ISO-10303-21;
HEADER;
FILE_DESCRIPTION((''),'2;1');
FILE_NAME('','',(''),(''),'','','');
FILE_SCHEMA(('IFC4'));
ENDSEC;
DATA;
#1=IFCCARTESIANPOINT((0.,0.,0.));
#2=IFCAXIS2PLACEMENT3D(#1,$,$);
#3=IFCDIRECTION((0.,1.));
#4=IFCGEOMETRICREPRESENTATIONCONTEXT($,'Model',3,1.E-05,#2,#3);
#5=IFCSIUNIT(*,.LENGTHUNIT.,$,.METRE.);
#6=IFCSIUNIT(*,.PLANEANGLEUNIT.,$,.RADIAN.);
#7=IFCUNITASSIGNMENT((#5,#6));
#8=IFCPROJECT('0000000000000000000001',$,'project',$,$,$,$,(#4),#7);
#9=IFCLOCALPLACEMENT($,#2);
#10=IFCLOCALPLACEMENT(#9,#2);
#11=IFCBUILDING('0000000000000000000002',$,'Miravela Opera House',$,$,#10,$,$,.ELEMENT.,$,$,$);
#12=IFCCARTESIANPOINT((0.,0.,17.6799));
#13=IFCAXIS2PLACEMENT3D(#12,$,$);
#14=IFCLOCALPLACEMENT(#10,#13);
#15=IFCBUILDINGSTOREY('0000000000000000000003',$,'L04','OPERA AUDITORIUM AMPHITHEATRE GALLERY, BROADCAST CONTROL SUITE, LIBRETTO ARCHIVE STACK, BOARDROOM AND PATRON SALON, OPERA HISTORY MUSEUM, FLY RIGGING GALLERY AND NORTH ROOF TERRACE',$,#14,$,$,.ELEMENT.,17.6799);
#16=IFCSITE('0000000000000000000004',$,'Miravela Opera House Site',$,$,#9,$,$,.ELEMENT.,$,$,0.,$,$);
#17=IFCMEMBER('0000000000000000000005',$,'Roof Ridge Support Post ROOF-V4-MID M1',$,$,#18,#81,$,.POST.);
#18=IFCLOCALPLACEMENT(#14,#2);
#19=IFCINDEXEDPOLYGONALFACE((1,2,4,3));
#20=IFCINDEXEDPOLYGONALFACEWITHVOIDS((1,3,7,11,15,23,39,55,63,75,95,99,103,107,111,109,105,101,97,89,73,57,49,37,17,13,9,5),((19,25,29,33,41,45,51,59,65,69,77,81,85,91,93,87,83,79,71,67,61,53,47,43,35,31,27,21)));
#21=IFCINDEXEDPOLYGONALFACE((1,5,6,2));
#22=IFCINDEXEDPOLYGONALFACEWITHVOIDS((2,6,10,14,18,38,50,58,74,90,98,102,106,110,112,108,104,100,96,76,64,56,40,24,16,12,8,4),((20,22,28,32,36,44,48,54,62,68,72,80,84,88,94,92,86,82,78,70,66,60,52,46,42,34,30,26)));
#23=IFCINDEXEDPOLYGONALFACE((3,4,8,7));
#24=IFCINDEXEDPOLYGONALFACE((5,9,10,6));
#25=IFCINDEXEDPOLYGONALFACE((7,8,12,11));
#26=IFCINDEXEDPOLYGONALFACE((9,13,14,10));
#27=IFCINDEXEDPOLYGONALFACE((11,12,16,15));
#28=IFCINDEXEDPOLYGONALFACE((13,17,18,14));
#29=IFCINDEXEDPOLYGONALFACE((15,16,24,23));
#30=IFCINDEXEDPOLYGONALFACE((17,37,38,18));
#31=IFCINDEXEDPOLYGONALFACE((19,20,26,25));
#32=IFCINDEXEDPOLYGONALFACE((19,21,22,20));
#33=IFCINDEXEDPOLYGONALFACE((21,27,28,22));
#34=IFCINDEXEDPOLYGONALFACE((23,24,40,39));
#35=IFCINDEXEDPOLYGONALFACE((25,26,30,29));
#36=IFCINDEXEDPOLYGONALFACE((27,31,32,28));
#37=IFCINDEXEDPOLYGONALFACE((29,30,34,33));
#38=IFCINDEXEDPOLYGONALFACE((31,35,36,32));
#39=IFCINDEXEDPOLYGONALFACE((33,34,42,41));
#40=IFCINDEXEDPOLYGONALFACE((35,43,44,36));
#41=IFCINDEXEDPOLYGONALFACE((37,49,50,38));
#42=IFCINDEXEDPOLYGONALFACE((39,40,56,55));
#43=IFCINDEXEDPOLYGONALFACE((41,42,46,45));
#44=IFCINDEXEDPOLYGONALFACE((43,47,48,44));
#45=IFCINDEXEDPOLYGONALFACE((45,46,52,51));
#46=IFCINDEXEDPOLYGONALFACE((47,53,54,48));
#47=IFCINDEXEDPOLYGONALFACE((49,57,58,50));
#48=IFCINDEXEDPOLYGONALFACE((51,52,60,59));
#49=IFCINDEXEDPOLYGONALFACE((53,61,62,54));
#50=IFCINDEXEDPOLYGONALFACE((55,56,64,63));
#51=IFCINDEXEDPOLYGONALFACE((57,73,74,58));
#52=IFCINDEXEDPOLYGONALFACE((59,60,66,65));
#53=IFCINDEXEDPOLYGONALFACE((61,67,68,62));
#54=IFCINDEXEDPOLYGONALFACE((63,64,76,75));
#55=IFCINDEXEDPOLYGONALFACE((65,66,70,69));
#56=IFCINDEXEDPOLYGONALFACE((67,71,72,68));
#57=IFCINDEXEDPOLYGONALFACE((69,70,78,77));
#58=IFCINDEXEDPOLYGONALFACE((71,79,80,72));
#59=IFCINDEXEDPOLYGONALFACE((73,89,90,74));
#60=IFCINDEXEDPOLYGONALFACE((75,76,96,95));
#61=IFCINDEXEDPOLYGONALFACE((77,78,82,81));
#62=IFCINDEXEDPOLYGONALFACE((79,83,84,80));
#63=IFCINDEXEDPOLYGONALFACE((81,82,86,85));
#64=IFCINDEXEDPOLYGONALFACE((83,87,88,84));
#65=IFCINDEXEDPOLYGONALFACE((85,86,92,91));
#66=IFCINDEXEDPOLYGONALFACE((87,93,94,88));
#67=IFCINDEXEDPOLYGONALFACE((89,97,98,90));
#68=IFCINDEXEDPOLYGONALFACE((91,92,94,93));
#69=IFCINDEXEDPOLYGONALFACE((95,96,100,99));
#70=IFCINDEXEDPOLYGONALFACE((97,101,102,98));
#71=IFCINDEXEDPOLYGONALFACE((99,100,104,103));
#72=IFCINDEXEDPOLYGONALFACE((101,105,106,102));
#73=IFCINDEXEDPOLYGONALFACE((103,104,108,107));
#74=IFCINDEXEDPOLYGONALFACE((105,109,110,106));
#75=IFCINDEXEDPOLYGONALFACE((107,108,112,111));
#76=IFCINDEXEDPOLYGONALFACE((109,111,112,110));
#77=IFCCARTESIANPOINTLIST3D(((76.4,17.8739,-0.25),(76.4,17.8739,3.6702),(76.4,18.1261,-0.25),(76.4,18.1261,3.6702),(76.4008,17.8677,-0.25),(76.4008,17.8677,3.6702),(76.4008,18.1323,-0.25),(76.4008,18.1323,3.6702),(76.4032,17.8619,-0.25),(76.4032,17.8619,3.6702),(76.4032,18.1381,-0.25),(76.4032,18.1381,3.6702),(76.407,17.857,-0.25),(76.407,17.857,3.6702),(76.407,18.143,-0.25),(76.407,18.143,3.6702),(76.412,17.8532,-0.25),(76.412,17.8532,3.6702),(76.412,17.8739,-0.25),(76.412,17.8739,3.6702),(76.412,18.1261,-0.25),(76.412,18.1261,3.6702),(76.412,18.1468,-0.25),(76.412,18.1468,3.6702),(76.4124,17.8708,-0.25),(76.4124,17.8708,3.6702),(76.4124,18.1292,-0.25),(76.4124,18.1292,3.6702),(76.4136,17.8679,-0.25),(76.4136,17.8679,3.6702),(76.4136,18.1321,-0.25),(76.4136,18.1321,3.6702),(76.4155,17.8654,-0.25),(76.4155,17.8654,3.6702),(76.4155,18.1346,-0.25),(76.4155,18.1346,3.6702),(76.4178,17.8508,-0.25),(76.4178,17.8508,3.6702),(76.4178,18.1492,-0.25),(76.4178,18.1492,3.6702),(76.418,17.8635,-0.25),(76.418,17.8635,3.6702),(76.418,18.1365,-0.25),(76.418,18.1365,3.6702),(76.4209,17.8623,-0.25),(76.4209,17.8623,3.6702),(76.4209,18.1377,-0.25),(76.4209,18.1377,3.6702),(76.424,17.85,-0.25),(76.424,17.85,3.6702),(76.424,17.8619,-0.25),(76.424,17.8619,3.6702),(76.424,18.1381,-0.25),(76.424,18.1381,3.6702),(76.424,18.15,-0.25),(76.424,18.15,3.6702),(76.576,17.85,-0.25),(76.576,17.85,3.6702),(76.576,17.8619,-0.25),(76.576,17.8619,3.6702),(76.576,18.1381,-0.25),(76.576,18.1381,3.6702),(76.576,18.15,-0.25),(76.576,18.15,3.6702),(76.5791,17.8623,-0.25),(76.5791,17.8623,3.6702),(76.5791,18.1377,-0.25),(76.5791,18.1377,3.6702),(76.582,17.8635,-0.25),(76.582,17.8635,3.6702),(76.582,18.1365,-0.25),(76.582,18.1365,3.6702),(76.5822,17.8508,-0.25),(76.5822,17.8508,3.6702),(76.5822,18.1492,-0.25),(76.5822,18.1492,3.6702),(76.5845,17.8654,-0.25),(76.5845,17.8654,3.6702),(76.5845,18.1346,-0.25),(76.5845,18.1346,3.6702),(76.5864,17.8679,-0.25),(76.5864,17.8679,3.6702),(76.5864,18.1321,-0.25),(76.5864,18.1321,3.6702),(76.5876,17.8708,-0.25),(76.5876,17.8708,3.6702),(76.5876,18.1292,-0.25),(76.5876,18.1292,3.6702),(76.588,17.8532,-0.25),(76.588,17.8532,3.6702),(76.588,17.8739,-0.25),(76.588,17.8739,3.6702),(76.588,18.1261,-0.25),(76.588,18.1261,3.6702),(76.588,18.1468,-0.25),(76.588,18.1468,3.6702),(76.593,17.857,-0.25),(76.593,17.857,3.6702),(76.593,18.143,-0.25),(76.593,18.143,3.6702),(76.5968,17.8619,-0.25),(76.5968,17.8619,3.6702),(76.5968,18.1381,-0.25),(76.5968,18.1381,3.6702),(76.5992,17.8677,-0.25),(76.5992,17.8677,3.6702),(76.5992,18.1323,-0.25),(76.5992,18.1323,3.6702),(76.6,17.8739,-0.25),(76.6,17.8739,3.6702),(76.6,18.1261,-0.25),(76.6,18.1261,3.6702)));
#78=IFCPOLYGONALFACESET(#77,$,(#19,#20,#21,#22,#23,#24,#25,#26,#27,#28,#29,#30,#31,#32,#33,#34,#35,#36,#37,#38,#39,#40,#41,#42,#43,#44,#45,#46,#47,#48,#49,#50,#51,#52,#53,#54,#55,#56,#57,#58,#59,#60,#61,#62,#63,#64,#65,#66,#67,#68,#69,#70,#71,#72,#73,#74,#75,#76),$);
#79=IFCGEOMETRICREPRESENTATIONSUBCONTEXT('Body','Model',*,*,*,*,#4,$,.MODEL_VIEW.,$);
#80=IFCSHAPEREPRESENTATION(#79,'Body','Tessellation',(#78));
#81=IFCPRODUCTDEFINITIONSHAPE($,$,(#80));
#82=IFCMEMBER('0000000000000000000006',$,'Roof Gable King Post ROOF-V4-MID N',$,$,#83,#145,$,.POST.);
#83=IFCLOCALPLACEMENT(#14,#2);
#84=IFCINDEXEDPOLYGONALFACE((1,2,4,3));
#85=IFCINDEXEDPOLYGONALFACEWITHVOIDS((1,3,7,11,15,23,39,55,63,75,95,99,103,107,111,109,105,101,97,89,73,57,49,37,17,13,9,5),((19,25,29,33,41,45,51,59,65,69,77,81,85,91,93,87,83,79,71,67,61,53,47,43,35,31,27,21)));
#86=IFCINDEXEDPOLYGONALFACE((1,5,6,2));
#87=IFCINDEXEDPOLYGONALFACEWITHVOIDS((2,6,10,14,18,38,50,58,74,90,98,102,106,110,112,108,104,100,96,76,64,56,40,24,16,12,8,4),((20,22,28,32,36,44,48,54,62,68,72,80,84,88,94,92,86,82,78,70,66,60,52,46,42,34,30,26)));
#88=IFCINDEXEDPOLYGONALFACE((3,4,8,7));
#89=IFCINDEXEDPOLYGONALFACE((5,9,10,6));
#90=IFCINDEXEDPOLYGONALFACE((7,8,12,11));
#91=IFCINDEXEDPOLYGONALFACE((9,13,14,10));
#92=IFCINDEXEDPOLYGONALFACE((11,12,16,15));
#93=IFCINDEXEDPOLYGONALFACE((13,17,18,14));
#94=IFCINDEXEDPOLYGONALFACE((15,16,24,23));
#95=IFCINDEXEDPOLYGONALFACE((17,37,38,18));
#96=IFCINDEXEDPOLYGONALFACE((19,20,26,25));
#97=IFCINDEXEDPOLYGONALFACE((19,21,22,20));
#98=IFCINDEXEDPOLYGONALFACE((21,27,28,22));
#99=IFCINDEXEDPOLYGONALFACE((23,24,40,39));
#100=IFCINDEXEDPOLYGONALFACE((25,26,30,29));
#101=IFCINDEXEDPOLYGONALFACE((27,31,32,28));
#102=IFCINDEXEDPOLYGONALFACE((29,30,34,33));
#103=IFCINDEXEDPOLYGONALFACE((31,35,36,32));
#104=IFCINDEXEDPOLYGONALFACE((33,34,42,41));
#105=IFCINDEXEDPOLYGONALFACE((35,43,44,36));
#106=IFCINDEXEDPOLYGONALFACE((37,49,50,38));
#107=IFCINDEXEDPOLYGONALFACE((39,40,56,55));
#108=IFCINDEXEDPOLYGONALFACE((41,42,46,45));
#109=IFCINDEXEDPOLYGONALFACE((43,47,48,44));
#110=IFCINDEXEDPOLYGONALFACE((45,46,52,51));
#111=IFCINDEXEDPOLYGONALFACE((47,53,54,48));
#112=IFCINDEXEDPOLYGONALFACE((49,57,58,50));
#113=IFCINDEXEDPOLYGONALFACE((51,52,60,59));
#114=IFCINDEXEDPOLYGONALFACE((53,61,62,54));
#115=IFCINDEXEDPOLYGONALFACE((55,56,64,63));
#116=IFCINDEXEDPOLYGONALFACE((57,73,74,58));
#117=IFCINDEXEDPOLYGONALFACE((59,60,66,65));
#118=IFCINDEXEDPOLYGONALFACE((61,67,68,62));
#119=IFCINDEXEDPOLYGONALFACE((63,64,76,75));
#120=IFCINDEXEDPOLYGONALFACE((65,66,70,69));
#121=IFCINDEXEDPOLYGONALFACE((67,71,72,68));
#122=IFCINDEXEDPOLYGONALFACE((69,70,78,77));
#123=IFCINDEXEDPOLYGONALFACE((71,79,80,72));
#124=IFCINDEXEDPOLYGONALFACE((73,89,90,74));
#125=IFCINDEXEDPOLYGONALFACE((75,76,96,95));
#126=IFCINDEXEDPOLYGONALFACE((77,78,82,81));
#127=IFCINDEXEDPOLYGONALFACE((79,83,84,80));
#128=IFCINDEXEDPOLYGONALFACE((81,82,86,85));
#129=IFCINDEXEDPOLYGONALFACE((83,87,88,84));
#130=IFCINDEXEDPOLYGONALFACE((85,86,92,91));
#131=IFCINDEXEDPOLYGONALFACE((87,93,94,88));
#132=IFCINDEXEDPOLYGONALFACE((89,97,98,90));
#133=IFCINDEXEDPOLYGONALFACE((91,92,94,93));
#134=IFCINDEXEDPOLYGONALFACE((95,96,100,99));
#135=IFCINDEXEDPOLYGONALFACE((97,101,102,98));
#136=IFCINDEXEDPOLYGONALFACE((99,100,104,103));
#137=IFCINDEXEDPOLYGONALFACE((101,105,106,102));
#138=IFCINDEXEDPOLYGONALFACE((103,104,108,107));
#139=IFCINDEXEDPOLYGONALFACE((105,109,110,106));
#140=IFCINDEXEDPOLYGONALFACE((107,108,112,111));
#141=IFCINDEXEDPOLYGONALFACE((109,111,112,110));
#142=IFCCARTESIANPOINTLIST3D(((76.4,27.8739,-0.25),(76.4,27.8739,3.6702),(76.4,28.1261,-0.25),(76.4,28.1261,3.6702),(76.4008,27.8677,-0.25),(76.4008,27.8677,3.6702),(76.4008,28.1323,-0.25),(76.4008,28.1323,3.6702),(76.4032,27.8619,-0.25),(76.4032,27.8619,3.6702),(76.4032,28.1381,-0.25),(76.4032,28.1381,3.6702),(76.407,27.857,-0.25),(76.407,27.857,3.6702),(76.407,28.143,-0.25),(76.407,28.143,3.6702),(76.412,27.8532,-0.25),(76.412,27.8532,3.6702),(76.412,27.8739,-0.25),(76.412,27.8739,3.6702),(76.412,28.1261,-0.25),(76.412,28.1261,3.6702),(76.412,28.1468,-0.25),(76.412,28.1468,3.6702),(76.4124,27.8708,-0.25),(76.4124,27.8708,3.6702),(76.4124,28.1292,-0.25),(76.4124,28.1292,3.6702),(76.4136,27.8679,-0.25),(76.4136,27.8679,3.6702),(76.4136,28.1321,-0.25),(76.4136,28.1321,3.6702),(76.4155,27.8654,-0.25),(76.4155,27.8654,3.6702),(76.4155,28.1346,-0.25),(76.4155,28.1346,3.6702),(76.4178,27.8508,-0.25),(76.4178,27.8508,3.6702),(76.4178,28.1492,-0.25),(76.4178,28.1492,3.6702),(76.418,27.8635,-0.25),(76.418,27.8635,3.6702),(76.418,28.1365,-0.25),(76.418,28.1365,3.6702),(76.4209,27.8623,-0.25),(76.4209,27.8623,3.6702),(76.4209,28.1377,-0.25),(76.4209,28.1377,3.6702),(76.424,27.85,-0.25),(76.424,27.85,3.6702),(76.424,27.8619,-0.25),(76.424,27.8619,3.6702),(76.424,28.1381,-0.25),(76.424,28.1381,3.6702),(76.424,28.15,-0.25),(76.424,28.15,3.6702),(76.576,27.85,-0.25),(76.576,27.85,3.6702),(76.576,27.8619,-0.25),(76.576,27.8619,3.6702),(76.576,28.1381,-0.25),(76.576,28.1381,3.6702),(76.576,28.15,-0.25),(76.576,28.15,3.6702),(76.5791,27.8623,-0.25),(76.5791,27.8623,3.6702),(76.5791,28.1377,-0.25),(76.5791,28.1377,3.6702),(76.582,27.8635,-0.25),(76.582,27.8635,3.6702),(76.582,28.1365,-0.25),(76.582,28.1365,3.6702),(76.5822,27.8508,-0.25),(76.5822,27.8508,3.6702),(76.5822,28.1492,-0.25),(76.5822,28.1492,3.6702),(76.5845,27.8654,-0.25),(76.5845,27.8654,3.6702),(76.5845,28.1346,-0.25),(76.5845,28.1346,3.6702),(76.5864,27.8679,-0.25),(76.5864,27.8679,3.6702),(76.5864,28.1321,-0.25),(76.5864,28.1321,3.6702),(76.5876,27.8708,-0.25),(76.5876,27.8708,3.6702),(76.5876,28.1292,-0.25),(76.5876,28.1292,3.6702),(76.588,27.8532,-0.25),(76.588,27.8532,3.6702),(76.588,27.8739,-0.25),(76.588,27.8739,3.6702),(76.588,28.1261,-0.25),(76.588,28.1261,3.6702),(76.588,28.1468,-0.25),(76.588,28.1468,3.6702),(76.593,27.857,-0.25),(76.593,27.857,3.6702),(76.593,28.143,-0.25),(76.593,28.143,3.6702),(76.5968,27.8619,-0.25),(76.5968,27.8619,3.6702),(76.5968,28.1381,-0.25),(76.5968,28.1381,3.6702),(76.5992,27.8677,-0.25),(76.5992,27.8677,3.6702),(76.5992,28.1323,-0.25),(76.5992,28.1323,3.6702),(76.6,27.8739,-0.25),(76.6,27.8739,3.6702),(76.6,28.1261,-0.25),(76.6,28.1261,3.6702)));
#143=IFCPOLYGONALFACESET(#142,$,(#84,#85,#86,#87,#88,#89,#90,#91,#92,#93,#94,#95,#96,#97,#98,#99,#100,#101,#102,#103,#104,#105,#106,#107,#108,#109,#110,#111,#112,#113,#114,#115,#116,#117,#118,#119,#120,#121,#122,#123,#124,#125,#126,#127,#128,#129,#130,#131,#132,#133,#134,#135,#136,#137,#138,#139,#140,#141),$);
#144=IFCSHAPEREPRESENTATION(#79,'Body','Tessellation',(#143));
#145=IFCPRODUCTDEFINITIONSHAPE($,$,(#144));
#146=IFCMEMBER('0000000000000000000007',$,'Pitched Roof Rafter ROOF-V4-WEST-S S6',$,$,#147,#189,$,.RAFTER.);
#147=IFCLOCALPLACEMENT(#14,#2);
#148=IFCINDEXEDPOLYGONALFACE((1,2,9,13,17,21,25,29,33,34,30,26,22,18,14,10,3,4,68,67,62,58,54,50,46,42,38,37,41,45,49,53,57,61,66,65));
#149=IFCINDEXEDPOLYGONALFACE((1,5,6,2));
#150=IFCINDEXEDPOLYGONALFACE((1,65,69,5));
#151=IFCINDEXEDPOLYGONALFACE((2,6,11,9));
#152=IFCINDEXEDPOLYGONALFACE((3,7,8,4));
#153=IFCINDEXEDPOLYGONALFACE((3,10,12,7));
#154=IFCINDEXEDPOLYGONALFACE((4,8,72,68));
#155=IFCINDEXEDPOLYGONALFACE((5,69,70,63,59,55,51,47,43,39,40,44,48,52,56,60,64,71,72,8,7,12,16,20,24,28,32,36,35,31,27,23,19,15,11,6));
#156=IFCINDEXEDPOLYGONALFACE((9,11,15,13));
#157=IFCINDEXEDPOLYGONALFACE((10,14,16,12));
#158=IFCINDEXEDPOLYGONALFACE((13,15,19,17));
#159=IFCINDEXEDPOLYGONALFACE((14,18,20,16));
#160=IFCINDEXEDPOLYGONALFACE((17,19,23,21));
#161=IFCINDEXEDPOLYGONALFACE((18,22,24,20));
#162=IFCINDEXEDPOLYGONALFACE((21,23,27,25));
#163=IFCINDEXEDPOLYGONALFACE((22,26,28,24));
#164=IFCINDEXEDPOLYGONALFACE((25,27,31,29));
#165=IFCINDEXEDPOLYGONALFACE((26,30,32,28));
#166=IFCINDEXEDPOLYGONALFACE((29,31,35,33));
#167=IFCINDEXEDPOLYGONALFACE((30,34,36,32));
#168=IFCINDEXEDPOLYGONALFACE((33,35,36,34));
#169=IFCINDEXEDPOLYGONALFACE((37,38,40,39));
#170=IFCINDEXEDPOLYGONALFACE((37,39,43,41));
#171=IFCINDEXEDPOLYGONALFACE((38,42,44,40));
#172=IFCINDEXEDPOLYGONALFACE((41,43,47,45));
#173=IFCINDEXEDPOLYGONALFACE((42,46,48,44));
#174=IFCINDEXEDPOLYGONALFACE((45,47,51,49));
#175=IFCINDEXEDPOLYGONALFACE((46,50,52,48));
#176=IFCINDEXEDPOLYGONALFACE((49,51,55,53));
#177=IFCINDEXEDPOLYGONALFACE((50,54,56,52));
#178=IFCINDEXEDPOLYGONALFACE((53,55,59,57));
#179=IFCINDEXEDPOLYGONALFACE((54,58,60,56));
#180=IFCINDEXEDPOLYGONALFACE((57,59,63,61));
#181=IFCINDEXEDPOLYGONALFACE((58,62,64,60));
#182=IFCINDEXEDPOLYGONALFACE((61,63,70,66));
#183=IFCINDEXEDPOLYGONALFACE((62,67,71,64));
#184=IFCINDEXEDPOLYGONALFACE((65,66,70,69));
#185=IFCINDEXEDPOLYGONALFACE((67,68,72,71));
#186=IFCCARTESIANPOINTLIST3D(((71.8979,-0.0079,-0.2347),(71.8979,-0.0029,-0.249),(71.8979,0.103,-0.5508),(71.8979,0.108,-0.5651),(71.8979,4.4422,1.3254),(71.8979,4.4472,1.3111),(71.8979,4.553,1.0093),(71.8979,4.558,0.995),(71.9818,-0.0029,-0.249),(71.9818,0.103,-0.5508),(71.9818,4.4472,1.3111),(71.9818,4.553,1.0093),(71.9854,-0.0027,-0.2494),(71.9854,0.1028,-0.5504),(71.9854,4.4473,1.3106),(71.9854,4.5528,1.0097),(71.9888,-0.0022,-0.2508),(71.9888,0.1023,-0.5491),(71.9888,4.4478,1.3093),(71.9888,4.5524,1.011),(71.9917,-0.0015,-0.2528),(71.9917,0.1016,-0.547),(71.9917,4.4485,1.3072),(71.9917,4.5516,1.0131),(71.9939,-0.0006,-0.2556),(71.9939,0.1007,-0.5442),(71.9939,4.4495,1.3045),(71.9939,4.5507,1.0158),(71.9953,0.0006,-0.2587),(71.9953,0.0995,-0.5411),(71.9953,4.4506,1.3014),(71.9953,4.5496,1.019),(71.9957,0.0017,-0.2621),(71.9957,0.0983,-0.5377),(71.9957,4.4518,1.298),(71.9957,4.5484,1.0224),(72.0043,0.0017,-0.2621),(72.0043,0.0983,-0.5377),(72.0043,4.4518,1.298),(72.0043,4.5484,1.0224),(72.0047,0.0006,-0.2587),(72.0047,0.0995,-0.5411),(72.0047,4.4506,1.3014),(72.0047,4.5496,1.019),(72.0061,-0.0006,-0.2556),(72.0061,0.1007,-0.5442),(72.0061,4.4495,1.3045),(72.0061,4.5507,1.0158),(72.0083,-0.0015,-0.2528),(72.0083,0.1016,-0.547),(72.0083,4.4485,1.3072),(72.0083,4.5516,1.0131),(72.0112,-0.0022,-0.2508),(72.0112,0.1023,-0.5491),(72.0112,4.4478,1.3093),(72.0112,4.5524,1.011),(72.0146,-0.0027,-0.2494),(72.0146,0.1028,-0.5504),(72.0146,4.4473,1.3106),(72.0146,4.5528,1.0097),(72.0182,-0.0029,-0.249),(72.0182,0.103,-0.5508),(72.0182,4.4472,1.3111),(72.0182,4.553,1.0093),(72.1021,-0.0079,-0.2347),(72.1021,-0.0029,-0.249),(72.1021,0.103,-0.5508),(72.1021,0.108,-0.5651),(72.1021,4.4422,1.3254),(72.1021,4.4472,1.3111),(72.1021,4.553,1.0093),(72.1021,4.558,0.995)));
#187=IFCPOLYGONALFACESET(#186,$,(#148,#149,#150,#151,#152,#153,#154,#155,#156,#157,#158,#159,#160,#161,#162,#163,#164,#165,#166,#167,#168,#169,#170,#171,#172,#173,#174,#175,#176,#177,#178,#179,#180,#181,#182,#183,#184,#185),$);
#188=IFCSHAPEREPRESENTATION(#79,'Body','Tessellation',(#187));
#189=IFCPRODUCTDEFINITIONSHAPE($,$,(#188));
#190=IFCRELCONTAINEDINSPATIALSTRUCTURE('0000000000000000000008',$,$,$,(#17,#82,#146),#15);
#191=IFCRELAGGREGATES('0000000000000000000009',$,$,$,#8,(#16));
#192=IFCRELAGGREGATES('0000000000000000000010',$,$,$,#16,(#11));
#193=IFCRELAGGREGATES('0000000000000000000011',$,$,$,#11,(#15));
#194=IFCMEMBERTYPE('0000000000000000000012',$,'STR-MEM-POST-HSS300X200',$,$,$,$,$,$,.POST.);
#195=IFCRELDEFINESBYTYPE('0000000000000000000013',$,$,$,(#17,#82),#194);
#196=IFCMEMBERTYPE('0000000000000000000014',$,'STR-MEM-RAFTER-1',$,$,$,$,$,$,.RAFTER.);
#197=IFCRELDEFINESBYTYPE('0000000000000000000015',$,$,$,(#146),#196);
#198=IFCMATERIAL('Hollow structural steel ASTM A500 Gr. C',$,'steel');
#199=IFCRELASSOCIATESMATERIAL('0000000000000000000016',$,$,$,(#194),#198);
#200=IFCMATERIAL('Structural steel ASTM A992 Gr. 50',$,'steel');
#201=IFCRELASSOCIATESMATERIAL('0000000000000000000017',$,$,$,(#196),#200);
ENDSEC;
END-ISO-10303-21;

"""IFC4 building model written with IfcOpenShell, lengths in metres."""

from ifc_helpers import new_model, si_unit, direction, frame, origin, origin_2d, place, context, subcontext, project, spatial, hollow_rectangle, i_section, extrude, material, material_profile, profile_set, type_object, element, save


model = new_model("IFC4")

# Units and contexts
model_context = context("Model", 3, precision=1e-05, world=origin(), true_north=direction((0.0, 1.0)))
body_context = subcontext(model_context, "Body", "Model", "MODEL_VIEW")
ifc_project = project(units=[si_unit("LENGTHUNIT", "METRE"), si_unit("PLANEANGLEUNIT", "RADIAN")], contexts=[model_context])

# Site, building, storey
site_placement = place(None, origin())
site = spatial("IfcSite", under=ifc_project, at=site_placement, Name="Miravela Opera House Site", CompositionType="ELEMENT", RefElevation=0.0)
building_placement = place(site_placement, origin())
building = spatial("IfcBuilding", under=site, at=building_placement, Name="Miravela Opera House", CompositionType="ELEMENT")
storey_placement = place(building_placement, frame((0.0, 0.0, 17.6799)))
storey = spatial("IfcBuildingStorey", under=building, at=storey_placement, Name="L04", Description="OPERA AUDITORIUM AMPHITHEATRE GALLERY, BROADCAST CONTROL SUITE, LIBRETTO ARCHIVE STACK, BOARDROOM AND PATRON SALON, OPERA HISTORY MUSEUM, FLY RIGGING GALLERY AND NORTH ROOF TERRACE", CompositionType="ELEMENT", Elevation=17.6799)

# Shared definitions
ifc_material_1 = material(Name="Structural steel ASTM A992 Gr. 50", Category="steel")

# Members
ifc_material_2 = material(Name="Hollow structural steel ASTM A500 Gr. C", Category="steel")
ifc_material_profile_1 = material_profile(ifc_material_2, hollow_rectangle(XDim=0.2, YDim=0.3, WallThickness=0.012, InnerFilletRadius=0.012, OuterFilletRadius=0.0239, at=origin_2d()), Name="HSS300X200X12")
ifc_profile_set_1 = profile_set([ifc_material_profile_1])
member_type_1 = type_object("IfcMemberType", Name="STR-MEM-POST-HSS300X200", PredefinedType="POST", material=ifc_profile_set_1)
for number, where, z_axis, x_axis, name in (
    (1, (76.5, 18.0, -0.25), (0.0, 0.0, 1.0), (1.0, 0.0, 0.0), "Roof Ridge Support Post ROOF-V4-MID M1"),
    (2, (76.5, 28.0, -0.25), (0.0, 0.0, 1.0), (1.0, 0.0, 0.0), "Roof Gable King Post ROOF-V4-MID N"),
):
    element("IfcMember", number, at=place(storey_placement, frame(where, z_axis=z_axis, x_axis=x_axis)), inside=storey, type_object=member_type_1, Name=name, PredefinedType="POST", context=body_context, shape_type="SweptSolid", body=[
        extrude(hollow_rectangle(XDim=0.2, YDim=0.3, WallThickness=0.012, InnerFilletRadius=0.012, OuterFilletRadius=0.0239, at=origin_2d()), origin(), (0.0, 0.0, 1.0), 3.9202),
    ])
ifc_material_profile_2 = material_profile(ifc_material_1, i_section(OverallWidth=0.2041, OverallDepth=0.3501, WebThickness=0.0085, FlangeThickness=0.0151, FilletRadius=0.0139, at=origin_2d()), Name="W360X72")
ifc_profile_set_2 = profile_set([ifc_material_profile_2])
member_type_2 = type_object("IfcMemberType", Name="STR-MEM-RAFTER-1", PredefinedType="RAFTER", material=ifc_profile_set_2)
for number, where, z_axis, x_axis, name in (
    (3, (72.0, 0.05, -0.3999), (0.0, 0.943688, 0.330837), (-1.0, 0.0, 0.0), "Pitched Roof Rafter ROOF-V4-WEST-S S6"),
):
    element("IfcMember", number, at=place(storey_placement, frame(where, z_axis=z_axis, x_axis=x_axis)), inside=storey, type_object=member_type_2, Name=name, PredefinedType="RAFTER", context=body_context, shape_type="SweptSolid", body=[
        extrude(i_section(OverallWidth=0.2041, OverallDepth=0.3501, WebThickness=0.0085, FlangeThickness=0.0151, FilletRadius=0.0139, at=origin_2d()), origin(), (0.0, 0.0, 1.0), 4.7156),
    ])

save(model, "model.ifc")
